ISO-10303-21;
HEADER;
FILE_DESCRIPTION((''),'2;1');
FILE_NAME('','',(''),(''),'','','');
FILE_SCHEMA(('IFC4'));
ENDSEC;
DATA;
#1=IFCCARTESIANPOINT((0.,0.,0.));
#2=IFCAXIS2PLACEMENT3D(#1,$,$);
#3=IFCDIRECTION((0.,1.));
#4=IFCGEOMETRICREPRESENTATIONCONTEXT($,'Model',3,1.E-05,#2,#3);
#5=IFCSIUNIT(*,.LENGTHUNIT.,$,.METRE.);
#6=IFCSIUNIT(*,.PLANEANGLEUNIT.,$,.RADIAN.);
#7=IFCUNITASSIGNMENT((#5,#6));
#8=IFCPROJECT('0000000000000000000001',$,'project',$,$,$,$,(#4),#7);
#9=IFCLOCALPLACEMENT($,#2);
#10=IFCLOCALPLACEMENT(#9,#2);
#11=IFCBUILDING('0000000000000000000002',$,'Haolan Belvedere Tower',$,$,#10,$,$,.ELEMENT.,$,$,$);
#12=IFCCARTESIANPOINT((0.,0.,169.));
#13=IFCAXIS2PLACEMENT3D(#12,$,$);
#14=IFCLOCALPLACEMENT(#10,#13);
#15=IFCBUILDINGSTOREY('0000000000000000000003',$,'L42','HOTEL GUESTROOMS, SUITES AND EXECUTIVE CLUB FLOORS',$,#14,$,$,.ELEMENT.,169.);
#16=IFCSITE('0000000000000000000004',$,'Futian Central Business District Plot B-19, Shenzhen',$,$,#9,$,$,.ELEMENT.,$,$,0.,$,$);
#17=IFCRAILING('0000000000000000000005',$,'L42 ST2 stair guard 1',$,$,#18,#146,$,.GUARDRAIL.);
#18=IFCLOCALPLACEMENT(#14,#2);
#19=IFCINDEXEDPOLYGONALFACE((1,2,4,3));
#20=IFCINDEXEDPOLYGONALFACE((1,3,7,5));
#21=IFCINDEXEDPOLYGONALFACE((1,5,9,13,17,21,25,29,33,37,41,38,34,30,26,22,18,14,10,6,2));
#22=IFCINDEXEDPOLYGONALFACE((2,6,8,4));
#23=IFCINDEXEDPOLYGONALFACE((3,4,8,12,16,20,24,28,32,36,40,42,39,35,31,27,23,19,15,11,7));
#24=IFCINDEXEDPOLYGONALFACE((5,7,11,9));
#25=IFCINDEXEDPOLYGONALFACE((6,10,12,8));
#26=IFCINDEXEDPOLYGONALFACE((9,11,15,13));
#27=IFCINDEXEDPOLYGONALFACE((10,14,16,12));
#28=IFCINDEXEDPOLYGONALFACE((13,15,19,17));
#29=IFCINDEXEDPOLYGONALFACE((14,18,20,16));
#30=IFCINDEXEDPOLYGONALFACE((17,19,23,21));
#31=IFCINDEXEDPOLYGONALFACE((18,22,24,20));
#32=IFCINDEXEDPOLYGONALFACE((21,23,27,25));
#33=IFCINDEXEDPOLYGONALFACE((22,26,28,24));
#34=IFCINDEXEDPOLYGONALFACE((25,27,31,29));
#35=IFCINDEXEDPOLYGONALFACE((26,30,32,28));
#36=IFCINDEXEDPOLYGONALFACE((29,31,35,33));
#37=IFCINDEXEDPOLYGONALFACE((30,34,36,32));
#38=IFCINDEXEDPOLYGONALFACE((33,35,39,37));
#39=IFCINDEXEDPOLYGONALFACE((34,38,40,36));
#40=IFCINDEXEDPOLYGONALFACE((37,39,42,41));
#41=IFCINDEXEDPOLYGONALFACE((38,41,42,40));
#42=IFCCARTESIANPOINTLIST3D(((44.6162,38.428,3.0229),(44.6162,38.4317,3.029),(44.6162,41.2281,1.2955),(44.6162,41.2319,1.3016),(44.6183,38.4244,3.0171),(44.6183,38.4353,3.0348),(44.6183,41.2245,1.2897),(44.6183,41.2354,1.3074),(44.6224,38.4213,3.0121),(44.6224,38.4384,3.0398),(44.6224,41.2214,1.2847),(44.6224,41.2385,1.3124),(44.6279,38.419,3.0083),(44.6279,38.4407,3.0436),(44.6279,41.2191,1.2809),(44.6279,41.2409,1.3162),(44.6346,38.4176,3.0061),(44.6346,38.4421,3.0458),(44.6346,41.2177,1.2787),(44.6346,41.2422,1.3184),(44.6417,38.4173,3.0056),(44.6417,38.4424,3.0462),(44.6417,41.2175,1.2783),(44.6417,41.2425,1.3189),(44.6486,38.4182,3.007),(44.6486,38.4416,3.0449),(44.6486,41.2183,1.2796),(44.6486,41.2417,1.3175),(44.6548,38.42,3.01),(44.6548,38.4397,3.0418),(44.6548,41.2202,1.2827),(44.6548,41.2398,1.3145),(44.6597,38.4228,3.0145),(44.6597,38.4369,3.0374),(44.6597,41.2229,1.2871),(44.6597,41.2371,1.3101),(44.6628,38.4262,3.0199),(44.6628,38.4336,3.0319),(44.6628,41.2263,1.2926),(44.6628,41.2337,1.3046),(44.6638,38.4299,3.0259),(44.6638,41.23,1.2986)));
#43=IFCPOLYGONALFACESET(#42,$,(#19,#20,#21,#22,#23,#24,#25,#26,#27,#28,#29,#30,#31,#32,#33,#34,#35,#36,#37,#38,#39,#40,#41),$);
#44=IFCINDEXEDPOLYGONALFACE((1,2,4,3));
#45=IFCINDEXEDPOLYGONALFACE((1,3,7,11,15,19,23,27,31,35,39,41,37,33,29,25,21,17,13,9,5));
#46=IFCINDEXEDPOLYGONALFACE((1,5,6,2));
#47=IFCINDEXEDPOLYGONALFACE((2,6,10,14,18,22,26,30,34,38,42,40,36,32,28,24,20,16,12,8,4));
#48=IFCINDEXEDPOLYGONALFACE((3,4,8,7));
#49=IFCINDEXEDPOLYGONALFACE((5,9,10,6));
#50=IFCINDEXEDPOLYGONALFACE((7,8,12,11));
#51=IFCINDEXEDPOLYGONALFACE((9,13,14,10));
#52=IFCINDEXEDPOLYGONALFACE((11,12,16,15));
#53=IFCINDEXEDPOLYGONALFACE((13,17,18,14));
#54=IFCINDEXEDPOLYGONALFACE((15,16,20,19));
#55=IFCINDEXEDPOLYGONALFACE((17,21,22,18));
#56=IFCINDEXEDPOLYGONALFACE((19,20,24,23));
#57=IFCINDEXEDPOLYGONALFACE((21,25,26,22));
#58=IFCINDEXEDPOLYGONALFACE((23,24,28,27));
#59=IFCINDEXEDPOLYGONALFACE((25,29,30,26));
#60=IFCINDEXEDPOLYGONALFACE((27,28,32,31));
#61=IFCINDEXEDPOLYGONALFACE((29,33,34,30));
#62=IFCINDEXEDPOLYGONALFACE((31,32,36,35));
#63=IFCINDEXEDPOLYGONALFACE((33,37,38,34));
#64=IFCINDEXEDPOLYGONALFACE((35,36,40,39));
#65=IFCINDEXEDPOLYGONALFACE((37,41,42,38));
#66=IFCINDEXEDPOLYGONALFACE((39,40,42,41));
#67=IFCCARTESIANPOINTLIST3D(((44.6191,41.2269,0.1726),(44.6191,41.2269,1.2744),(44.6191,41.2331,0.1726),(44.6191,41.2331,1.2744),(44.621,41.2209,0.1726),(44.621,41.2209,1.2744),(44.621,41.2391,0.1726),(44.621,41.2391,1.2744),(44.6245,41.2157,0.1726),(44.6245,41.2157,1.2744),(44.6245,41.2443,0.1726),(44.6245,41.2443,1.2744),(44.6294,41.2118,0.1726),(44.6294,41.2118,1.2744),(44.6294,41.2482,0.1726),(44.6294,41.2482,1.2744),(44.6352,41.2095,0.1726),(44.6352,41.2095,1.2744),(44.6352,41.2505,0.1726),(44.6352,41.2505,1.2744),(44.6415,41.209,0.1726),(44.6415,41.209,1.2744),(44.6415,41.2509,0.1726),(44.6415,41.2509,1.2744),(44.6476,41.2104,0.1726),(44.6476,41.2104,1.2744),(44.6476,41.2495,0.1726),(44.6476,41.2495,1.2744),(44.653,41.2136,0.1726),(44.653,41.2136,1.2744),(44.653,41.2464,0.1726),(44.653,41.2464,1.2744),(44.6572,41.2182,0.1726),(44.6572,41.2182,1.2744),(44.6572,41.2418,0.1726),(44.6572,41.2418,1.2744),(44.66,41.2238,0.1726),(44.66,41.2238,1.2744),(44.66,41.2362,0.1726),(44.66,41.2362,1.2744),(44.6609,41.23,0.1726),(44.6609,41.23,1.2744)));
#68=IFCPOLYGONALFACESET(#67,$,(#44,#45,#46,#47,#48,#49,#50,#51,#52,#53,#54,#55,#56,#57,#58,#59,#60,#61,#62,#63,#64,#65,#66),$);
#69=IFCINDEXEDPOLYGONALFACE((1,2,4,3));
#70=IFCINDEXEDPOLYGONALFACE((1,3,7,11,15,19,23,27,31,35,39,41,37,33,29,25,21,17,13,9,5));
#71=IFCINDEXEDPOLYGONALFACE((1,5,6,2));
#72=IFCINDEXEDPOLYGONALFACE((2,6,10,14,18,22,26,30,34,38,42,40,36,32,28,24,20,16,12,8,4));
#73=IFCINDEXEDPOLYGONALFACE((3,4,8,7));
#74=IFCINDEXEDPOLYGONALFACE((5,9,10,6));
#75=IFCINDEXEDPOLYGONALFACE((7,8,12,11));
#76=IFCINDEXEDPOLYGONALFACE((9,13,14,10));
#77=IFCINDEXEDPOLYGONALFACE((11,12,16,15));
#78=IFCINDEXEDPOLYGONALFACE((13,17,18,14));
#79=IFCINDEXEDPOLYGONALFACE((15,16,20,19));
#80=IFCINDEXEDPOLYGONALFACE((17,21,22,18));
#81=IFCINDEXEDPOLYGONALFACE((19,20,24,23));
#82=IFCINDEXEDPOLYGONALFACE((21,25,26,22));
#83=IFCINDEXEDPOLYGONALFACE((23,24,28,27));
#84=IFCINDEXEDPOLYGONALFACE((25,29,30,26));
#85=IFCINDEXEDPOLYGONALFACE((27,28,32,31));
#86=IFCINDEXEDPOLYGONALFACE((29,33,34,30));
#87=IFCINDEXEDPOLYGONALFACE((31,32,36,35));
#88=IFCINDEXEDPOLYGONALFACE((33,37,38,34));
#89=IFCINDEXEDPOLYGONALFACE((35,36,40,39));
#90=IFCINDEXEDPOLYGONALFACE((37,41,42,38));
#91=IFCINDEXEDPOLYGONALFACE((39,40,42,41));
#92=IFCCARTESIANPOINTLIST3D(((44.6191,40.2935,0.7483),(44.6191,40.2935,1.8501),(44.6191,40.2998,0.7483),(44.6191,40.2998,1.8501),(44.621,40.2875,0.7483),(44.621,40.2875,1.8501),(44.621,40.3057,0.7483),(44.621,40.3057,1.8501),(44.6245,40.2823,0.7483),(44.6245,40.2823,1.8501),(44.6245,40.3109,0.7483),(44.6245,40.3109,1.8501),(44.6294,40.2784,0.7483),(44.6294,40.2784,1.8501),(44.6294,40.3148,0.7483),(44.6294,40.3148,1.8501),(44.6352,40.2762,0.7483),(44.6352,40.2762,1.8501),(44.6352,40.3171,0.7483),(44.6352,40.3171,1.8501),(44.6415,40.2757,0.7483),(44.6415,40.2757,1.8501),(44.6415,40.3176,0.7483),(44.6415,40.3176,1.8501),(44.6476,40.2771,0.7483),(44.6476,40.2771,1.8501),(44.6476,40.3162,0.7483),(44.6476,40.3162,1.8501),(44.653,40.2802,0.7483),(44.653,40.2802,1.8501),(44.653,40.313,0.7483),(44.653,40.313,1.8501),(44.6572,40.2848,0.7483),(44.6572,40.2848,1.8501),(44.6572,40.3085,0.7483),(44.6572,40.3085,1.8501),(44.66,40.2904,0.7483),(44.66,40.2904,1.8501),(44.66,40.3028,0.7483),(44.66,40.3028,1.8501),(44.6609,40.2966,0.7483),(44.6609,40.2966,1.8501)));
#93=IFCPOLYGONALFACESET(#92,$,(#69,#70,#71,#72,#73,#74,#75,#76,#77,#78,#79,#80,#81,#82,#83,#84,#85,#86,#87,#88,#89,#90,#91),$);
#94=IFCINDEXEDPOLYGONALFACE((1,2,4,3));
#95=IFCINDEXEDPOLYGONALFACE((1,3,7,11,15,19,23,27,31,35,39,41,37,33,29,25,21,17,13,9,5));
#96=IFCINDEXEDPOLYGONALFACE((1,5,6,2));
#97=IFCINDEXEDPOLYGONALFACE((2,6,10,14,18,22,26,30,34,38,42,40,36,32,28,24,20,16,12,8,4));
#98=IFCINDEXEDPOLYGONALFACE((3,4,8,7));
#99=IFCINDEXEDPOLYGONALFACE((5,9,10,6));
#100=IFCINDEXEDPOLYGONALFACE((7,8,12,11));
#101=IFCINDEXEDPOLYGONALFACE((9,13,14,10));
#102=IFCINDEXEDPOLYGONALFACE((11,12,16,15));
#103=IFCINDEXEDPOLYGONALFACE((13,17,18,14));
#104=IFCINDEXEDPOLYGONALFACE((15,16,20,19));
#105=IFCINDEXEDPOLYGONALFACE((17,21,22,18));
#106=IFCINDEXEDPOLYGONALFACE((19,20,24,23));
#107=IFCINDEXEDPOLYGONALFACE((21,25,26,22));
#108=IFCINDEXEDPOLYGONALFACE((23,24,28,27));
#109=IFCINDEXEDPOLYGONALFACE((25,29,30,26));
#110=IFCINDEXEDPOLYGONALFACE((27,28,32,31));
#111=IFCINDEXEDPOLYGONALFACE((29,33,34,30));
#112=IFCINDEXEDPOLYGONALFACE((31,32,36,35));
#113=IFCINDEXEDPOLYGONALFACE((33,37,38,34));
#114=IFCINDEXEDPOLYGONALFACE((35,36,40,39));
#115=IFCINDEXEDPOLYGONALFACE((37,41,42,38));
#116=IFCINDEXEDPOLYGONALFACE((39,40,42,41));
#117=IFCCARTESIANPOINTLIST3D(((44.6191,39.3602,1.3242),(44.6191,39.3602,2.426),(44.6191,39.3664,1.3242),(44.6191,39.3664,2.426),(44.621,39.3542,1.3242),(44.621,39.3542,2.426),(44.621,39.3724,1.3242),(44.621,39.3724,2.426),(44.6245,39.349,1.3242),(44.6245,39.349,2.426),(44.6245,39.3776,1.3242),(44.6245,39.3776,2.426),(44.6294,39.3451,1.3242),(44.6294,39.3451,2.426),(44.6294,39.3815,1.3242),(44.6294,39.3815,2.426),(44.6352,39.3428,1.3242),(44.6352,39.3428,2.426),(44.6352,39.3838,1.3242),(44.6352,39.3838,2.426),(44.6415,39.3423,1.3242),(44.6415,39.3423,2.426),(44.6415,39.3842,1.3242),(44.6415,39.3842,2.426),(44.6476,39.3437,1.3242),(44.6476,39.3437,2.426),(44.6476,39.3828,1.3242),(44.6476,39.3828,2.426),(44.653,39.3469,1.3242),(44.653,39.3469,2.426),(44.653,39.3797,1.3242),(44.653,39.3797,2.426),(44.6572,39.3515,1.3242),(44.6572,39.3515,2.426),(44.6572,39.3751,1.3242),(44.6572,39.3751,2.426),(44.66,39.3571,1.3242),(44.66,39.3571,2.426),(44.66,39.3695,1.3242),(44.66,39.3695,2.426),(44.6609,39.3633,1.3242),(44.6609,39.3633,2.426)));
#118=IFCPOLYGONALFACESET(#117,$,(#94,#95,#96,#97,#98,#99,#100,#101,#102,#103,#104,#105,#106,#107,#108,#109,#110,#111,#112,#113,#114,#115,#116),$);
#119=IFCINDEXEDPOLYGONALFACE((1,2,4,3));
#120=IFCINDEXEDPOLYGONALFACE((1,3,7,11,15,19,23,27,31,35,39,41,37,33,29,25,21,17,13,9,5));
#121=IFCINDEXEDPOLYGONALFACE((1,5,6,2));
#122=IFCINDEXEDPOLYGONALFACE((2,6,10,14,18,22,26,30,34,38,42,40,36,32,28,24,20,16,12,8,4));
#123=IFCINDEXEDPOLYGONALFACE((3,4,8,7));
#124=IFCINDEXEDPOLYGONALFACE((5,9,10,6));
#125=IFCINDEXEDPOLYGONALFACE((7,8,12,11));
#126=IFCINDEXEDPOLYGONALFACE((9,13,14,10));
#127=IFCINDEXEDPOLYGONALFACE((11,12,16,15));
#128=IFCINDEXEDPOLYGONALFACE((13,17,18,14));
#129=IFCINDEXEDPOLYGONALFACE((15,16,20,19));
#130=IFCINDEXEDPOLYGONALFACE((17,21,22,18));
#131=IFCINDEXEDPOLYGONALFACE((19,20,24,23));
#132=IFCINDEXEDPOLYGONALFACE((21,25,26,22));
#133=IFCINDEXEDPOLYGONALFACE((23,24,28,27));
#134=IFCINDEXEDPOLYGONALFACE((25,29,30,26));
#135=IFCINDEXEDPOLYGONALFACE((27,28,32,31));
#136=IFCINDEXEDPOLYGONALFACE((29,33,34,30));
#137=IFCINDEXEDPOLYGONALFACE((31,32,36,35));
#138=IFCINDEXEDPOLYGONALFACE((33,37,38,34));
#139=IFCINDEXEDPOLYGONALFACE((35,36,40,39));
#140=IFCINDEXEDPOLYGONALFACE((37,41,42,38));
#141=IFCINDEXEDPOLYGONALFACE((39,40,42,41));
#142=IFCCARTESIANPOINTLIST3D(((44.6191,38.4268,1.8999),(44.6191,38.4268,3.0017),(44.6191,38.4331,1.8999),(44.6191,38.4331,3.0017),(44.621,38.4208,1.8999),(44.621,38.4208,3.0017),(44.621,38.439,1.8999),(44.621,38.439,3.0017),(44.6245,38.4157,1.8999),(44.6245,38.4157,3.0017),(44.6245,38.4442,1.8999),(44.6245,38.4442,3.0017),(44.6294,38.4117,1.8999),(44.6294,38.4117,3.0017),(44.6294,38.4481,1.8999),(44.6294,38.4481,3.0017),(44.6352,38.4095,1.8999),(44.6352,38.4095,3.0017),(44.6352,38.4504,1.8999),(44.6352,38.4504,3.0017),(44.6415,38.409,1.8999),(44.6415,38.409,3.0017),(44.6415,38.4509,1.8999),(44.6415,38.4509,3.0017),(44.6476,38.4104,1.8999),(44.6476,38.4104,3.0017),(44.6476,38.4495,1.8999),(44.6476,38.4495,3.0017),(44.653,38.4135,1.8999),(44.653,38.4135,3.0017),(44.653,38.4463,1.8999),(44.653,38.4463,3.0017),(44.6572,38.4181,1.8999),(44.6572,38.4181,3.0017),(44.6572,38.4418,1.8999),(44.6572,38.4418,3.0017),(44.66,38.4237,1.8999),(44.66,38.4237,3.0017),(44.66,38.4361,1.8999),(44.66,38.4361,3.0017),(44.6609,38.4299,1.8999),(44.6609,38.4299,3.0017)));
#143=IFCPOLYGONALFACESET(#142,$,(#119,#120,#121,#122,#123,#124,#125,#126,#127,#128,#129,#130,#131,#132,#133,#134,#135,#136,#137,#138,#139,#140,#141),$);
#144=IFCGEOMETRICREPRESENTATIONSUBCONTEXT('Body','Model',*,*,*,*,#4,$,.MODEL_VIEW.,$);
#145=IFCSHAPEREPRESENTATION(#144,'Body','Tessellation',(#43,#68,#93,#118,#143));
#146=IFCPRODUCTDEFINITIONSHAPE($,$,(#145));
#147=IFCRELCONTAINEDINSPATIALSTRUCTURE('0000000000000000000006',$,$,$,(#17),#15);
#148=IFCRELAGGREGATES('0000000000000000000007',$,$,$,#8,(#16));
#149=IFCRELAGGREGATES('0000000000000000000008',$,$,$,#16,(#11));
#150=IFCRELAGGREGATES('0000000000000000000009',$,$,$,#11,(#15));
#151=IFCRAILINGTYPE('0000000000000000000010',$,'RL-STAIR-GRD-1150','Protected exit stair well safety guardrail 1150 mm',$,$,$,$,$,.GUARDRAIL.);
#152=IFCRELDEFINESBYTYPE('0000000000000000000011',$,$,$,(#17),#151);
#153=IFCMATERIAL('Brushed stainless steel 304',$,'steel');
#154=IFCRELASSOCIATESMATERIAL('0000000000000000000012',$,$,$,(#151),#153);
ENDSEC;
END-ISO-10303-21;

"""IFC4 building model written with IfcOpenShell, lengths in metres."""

from ifc_helpers import new_model, si_unit, direction, frame, origin, origin_2d, place, context, subcontext, project, spatial, circle, extrude, material, type_object, element, save


model = new_model("IFC4")

# Units and contexts
model_context = context("Model", 3, precision=1e-05, world=origin(), true_north=direction((0.0, 1.0)))
body_context = subcontext(model_context, "Body", "Model", "MODEL_VIEW")
ifc_project = project(units=[si_unit("LENGTHUNIT", "METRE"), si_unit("PLANEANGLEUNIT", "RADIAN")], contexts=[model_context])

# Site, building, storey
site_placement = place(None, origin())
site = spatial("IfcSite", under=ifc_project, at=site_placement, Name="Futian Central Business District Plot B-19, Shenzhen", CompositionType="ELEMENT", RefElevation=0.0)
building_placement = place(site_placement, origin())
building = spatial("IfcBuilding", under=site, at=building_placement, Name="Haolan Belvedere Tower", CompositionType="ELEMENT")
storey_placement = place(building_placement, frame((0.0, 0.0, 169.0)))
storey = spatial("IfcBuildingStorey", under=building, at=storey_placement, Name="L42", Description="HOTEL GUESTROOMS, SUITES AND EXECUTIVE CLUB FLOORS", CompositionType="ELEMENT", Elevation=169.0)

# Railing
ifc_material_1 = material(Name="Brushed stainless steel 304", Category="steel")
railing_type_1 = type_object("IfcRailingType", Name="RL-STAIR-GRD-1150", Description="Protected exit stair well safety guardrail 1150 mm", PredefinedType="GUARDRAIL", material=ifc_material_1)
railing_1_placement = place(storey_placement, frame((44.6399, 41.23, 0.1726)))
element("IfcRailing", 1, at=railing_1_placement, inside=storey, type_object=railing_type_1, Name="L42 ST2 stair guard 1", PredefinedType="GUARDRAIL", context=body_context, shape_type="SweptSolid", body=[
    extrude(circle(Radius=0.0239, at=origin_2d()), frame((0.0, 0.0, 1.126), z_axis=(0.0, -0.85109, 0.52502), x_axis=(1.0, 0.0, 0.0)), (0.0, 0.0, 1.0), 3.29),
    extrude(circle(Radius=0.021, at=origin_2d()), origin(), (0.0, 0.0, 1.0), 1.1018),
    extrude(circle(Radius=0.021, at=origin_2d()), frame((0.0, -0.9333, 0.5757)), (0.0, 0.0, 1.0), 1.1018),
    extrude(circle(Radius=0.021, at=origin_2d()), frame((0.0, -1.8667, 1.1516)), (0.0, 0.0, 1.0), 1.1018),
    extrude(circle(Radius=0.021, at=origin_2d()), frame((0.0, -2.8, 1.7273)), (0.0, 0.0, 1.0), 1.1018),
])

save(model, "model.ifc")
